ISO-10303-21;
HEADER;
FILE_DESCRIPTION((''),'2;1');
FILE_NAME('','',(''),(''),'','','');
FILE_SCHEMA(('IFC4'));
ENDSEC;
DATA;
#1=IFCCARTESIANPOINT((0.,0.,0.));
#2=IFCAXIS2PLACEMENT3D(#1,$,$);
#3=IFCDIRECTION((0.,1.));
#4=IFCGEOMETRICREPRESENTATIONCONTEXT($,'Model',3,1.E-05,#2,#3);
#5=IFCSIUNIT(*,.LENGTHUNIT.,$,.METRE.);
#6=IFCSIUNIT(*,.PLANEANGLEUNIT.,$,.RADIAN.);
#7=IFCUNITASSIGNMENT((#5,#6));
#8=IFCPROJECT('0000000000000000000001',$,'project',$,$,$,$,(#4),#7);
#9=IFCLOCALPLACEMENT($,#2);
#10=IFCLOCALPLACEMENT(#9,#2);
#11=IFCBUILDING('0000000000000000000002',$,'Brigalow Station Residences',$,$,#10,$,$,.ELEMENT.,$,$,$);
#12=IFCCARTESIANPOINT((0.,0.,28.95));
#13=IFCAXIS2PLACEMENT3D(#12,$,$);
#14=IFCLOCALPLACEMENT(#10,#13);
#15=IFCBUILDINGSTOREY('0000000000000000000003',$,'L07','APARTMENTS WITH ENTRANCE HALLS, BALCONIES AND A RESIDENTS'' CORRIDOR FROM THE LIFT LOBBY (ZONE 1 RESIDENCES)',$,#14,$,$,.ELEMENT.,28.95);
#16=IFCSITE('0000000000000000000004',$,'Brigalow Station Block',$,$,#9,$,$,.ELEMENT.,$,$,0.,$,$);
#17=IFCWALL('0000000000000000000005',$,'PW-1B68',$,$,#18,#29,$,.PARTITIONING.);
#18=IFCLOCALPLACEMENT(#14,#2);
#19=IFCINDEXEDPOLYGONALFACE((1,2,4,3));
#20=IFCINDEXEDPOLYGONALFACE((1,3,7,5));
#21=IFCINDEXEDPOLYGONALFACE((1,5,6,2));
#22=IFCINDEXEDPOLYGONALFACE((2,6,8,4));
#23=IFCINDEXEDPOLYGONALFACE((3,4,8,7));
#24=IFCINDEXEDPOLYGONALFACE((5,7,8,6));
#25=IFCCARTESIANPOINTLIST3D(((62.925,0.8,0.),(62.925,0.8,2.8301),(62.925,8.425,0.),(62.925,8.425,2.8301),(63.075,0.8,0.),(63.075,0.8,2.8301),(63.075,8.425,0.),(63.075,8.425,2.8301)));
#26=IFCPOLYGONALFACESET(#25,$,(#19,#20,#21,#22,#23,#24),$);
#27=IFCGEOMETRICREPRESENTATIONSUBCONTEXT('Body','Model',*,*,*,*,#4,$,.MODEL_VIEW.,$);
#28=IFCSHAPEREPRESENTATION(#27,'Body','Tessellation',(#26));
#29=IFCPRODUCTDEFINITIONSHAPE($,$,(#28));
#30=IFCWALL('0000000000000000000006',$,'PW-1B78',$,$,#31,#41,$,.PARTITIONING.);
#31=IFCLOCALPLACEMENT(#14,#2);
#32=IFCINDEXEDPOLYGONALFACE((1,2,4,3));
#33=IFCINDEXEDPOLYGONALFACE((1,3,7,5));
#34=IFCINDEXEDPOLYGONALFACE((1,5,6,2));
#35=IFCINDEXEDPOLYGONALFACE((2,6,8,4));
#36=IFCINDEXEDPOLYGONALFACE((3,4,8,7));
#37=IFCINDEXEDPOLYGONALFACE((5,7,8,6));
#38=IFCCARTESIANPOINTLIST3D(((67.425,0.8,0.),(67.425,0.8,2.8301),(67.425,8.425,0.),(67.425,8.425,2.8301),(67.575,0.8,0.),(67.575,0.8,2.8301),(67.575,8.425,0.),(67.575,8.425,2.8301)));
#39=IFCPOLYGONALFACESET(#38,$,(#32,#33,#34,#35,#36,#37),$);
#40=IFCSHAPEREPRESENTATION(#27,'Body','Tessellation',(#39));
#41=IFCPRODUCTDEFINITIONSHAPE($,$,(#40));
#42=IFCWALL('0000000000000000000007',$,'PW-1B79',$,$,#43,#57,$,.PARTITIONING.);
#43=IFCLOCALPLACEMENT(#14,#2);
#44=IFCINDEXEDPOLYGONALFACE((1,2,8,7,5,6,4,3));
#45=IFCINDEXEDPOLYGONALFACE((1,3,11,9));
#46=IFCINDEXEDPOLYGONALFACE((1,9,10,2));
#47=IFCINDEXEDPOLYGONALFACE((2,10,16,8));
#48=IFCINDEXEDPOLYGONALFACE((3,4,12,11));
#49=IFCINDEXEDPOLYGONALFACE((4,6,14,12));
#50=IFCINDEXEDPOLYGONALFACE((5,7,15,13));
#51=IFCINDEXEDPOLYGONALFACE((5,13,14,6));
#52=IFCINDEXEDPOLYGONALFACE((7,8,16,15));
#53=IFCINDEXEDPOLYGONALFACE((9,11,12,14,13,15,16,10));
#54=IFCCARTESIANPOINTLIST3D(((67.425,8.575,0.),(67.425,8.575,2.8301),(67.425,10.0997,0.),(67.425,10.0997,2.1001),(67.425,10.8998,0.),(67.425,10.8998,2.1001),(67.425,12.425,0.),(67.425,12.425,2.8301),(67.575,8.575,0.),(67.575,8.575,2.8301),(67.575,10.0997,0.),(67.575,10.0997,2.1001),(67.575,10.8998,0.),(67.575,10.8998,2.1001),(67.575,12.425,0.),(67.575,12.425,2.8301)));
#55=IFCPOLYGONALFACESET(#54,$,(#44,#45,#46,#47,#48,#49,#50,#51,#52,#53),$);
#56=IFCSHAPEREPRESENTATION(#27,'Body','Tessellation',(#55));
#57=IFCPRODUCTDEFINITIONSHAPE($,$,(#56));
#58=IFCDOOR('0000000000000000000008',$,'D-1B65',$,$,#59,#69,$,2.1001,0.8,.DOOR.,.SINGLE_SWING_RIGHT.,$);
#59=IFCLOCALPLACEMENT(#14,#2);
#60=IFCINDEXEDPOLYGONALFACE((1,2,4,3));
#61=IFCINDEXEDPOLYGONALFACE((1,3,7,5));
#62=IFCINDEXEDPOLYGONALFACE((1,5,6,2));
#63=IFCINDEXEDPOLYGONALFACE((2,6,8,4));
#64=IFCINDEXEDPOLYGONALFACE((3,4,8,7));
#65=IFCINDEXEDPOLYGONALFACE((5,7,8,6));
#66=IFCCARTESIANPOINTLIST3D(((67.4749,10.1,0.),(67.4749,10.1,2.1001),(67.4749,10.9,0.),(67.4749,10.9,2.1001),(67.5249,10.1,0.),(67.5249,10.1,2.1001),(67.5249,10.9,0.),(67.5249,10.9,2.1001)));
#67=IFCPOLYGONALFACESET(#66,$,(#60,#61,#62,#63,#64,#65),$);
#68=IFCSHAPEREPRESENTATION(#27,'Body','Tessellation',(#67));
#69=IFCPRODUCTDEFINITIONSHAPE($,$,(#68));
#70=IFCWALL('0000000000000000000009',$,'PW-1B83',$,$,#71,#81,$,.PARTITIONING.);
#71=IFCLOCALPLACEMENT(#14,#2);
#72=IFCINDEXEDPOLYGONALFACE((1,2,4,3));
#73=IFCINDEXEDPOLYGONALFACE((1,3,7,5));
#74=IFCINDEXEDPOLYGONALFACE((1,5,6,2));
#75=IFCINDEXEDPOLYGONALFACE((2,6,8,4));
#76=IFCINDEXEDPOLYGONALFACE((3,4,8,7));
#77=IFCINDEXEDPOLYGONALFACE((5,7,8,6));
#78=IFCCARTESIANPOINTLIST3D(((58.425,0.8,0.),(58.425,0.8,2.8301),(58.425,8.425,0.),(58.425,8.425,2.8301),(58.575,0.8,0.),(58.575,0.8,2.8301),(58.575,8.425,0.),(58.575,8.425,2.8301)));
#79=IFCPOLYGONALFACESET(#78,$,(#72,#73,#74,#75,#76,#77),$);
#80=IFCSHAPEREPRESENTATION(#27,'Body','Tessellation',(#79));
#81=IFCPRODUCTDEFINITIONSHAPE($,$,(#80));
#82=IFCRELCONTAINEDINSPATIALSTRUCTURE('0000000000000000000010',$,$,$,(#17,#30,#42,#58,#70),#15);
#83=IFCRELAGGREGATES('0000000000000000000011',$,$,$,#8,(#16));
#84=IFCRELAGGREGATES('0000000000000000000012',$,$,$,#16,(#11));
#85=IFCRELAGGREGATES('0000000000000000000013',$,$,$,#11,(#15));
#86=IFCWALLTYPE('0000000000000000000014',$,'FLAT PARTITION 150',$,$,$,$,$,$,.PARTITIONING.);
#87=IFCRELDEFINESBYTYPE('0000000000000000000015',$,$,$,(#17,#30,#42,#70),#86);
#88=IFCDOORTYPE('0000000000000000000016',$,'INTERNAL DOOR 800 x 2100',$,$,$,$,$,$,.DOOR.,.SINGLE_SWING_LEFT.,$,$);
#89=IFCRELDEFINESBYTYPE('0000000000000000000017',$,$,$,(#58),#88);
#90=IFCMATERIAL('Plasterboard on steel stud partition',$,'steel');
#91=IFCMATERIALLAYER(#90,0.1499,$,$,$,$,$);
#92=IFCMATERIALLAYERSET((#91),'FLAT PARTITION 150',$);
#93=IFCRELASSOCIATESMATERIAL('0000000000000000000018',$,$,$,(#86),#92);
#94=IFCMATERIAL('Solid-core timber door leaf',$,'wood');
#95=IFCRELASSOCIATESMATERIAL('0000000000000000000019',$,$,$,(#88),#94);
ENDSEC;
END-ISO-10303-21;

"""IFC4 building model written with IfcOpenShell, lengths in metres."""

from ifc_helpers import new_model, si_unit, direction, frame, frame_2d, origin, place, context, subcontext, project, spatial, rectangle, extrude, material, layer, layer_set, type_object, element, fill, save


model = new_model("IFC4")

# Units and contexts
model_context = context("Model", 3, precision=1e-05, world=origin(), true_north=direction((0.0, 1.0)))
body_context = subcontext(model_context, "Body", "Model", "MODEL_VIEW")
ifc_project = project(units=[si_unit("LENGTHUNIT", "METRE"), si_unit("PLANEANGLEUNIT", "RADIAN")], contexts=[model_context])

# Site, building, storey
site_placement = place(None, origin())
site = spatial("IfcSite", under=ifc_project, at=site_placement, Name="Brigalow Station Block", CompositionType="ELEMENT", RefElevation=0.0)
building_placement = place(site_placement, origin())
building = spatial("IfcBuilding", under=site, at=building_placement, Name="Brigalow Station Residences", CompositionType="ELEMENT")
storey_placement = place(building_placement, frame((0.0, 0.0, 28.95)))
storey = spatial("IfcBuildingStorey", under=building, at=storey_placement, Name="L07", Description="APARTMENTS WITH ENTRANCE HALLS, BALCONIES AND A RESIDENTS' CORRIDOR FROM THE LIFT LOBBY (ZONE 1 RESIDENCES)", CompositionType="ELEMENT", Elevation=28.95)

# Walls
ifc_material_1 = material(Name="Plasterboard on steel stud partition", Category="steel")
ifc_layer_1 = layer(ifc_material_1, 0.1499)
ifc_layer_set_1 = layer_set([ifc_layer_1], Name="FLAT PARTITION 150")
wall_type_1 = type_object("IfcWallType", Name="FLAT PARTITION 150", PredefinedType="PARTITIONING", material=ifc_layer_set_1)
for number, where, z_axis, x_axis, name in (
    (1, (63.0, 0.8, 0.0), (0.0, 0.0, 1.0), (0.0, 1.0, 0.0), "PW-1B68"),
    (2, (67.5, 0.8, 0.0), (0.0, 0.0, 1.0), (0.0, 1.0, 0.0), "PW-1B78"),
):
    element("IfcWall", number, at=place(storey_placement, frame(where, z_axis=z_axis, x_axis=x_axis)), inside=storey, type_object=wall_type_1, Name=name, PredefinedType="PARTITIONING", context=body_context, shape_type="SweptSolid", body=[
        extrude(rectangle(XDim=7.625, YDim=0.1499, at=frame_2d((3.8125, 0.0))), origin(), (0.0, 0.0, 1.0), 2.8301),
    ])

# Wall, opening, door
wall_1_placement = place(storey_placement, frame((67.5, 8.575, 0.0), z_axis=(0.0, 0.0, 1.0), x_axis=(0.0, 1.0, 0.0)))
wall_1 = element("IfcWall", 3, at=wall_1_placement, inside=storey, type_object=wall_type_1, Name="PW-1B79", PredefinedType="PARTITIONING", context=body_context, shape_type="SweptSolid", body=[
    extrude(rectangle(XDim=3.8501, YDim=0.1499, at=frame_2d((1.925, 0.0))), origin(), (0.0, 0.0, 1.0), 2.8301),
])
opening_1_placement = place(wall_1_placement, frame((1.5249, 0.0, 0.0)))
opening_1 = element("IfcOpeningElement", 4, at=opening_1_placement, cuts=wall_1, PredefinedType="OPENING", context=body_context, shape_type="SweptSolid", body=[
    extrude(rectangle(XDim=0.8, YDim=2.1001, at=frame_2d((0.3999, 1.05))), frame((0.0, 0.085, 0.0), z_axis=(0.0, -1.0, 0.0), x_axis=(1.0, 0.0, 0.0)), (0.0, 0.0, 1.0), 0.1699),
])
ifc_material_2 = material(Name="Solid-core timber door leaf", Category="wood")
door_type = type_object("IfcDoorType", Name="INTERNAL DOOR 800 x 2100", OperationType="SINGLE_SWING_LEFT", PredefinedType="DOOR", material=ifc_material_2)
door_placement = place(opening_1_placement, frame((0.8, 0.0, 0.0), z_axis=(0.0, 0.0, 1.0), x_axis=(-1.0, 0.0, 0.0)))
door = element("IfcDoor", 5, at=door_placement, inside=storey, type_object=door_type, Name="D-1B65", OperationType="SINGLE_SWING_RIGHT", OverallHeight=2.1001, OverallWidth=0.8, PredefinedType="DOOR", context=body_context, shape_type="SweptSolid", body=[
    extrude(rectangle(XDim=0.8, YDim=2.1001, at=frame_2d((0.3999, 1.05))), frame((0.0, 0.0249, 0.0), z_axis=(0.0, -1.0, 0.0), x_axis=(1.0, 0.0, 0.0)), (0.0, 0.0, 1.0), 0.05),
])
fill(opening_1, door)

# Wall
wall_2_placement = place(storey_placement, frame((58.5, 0.8, 0.0), z_axis=(0.0, 0.0, 1.0), x_axis=(0.0, 1.0, 0.0)))
element("IfcWall", 6, at=wall_2_placement, inside=storey, type_object=wall_type_1, Name="PW-1B83", PredefinedType="PARTITIONING", context=body_context, shape_type="SweptSolid", body=[
    extrude(rectangle(XDim=7.625, YDim=0.1499, at=frame_2d((3.8125, 0.0))), origin(), (0.0, 0.0, 1.0), 2.8301),
])

save(model, "model.ifc")
